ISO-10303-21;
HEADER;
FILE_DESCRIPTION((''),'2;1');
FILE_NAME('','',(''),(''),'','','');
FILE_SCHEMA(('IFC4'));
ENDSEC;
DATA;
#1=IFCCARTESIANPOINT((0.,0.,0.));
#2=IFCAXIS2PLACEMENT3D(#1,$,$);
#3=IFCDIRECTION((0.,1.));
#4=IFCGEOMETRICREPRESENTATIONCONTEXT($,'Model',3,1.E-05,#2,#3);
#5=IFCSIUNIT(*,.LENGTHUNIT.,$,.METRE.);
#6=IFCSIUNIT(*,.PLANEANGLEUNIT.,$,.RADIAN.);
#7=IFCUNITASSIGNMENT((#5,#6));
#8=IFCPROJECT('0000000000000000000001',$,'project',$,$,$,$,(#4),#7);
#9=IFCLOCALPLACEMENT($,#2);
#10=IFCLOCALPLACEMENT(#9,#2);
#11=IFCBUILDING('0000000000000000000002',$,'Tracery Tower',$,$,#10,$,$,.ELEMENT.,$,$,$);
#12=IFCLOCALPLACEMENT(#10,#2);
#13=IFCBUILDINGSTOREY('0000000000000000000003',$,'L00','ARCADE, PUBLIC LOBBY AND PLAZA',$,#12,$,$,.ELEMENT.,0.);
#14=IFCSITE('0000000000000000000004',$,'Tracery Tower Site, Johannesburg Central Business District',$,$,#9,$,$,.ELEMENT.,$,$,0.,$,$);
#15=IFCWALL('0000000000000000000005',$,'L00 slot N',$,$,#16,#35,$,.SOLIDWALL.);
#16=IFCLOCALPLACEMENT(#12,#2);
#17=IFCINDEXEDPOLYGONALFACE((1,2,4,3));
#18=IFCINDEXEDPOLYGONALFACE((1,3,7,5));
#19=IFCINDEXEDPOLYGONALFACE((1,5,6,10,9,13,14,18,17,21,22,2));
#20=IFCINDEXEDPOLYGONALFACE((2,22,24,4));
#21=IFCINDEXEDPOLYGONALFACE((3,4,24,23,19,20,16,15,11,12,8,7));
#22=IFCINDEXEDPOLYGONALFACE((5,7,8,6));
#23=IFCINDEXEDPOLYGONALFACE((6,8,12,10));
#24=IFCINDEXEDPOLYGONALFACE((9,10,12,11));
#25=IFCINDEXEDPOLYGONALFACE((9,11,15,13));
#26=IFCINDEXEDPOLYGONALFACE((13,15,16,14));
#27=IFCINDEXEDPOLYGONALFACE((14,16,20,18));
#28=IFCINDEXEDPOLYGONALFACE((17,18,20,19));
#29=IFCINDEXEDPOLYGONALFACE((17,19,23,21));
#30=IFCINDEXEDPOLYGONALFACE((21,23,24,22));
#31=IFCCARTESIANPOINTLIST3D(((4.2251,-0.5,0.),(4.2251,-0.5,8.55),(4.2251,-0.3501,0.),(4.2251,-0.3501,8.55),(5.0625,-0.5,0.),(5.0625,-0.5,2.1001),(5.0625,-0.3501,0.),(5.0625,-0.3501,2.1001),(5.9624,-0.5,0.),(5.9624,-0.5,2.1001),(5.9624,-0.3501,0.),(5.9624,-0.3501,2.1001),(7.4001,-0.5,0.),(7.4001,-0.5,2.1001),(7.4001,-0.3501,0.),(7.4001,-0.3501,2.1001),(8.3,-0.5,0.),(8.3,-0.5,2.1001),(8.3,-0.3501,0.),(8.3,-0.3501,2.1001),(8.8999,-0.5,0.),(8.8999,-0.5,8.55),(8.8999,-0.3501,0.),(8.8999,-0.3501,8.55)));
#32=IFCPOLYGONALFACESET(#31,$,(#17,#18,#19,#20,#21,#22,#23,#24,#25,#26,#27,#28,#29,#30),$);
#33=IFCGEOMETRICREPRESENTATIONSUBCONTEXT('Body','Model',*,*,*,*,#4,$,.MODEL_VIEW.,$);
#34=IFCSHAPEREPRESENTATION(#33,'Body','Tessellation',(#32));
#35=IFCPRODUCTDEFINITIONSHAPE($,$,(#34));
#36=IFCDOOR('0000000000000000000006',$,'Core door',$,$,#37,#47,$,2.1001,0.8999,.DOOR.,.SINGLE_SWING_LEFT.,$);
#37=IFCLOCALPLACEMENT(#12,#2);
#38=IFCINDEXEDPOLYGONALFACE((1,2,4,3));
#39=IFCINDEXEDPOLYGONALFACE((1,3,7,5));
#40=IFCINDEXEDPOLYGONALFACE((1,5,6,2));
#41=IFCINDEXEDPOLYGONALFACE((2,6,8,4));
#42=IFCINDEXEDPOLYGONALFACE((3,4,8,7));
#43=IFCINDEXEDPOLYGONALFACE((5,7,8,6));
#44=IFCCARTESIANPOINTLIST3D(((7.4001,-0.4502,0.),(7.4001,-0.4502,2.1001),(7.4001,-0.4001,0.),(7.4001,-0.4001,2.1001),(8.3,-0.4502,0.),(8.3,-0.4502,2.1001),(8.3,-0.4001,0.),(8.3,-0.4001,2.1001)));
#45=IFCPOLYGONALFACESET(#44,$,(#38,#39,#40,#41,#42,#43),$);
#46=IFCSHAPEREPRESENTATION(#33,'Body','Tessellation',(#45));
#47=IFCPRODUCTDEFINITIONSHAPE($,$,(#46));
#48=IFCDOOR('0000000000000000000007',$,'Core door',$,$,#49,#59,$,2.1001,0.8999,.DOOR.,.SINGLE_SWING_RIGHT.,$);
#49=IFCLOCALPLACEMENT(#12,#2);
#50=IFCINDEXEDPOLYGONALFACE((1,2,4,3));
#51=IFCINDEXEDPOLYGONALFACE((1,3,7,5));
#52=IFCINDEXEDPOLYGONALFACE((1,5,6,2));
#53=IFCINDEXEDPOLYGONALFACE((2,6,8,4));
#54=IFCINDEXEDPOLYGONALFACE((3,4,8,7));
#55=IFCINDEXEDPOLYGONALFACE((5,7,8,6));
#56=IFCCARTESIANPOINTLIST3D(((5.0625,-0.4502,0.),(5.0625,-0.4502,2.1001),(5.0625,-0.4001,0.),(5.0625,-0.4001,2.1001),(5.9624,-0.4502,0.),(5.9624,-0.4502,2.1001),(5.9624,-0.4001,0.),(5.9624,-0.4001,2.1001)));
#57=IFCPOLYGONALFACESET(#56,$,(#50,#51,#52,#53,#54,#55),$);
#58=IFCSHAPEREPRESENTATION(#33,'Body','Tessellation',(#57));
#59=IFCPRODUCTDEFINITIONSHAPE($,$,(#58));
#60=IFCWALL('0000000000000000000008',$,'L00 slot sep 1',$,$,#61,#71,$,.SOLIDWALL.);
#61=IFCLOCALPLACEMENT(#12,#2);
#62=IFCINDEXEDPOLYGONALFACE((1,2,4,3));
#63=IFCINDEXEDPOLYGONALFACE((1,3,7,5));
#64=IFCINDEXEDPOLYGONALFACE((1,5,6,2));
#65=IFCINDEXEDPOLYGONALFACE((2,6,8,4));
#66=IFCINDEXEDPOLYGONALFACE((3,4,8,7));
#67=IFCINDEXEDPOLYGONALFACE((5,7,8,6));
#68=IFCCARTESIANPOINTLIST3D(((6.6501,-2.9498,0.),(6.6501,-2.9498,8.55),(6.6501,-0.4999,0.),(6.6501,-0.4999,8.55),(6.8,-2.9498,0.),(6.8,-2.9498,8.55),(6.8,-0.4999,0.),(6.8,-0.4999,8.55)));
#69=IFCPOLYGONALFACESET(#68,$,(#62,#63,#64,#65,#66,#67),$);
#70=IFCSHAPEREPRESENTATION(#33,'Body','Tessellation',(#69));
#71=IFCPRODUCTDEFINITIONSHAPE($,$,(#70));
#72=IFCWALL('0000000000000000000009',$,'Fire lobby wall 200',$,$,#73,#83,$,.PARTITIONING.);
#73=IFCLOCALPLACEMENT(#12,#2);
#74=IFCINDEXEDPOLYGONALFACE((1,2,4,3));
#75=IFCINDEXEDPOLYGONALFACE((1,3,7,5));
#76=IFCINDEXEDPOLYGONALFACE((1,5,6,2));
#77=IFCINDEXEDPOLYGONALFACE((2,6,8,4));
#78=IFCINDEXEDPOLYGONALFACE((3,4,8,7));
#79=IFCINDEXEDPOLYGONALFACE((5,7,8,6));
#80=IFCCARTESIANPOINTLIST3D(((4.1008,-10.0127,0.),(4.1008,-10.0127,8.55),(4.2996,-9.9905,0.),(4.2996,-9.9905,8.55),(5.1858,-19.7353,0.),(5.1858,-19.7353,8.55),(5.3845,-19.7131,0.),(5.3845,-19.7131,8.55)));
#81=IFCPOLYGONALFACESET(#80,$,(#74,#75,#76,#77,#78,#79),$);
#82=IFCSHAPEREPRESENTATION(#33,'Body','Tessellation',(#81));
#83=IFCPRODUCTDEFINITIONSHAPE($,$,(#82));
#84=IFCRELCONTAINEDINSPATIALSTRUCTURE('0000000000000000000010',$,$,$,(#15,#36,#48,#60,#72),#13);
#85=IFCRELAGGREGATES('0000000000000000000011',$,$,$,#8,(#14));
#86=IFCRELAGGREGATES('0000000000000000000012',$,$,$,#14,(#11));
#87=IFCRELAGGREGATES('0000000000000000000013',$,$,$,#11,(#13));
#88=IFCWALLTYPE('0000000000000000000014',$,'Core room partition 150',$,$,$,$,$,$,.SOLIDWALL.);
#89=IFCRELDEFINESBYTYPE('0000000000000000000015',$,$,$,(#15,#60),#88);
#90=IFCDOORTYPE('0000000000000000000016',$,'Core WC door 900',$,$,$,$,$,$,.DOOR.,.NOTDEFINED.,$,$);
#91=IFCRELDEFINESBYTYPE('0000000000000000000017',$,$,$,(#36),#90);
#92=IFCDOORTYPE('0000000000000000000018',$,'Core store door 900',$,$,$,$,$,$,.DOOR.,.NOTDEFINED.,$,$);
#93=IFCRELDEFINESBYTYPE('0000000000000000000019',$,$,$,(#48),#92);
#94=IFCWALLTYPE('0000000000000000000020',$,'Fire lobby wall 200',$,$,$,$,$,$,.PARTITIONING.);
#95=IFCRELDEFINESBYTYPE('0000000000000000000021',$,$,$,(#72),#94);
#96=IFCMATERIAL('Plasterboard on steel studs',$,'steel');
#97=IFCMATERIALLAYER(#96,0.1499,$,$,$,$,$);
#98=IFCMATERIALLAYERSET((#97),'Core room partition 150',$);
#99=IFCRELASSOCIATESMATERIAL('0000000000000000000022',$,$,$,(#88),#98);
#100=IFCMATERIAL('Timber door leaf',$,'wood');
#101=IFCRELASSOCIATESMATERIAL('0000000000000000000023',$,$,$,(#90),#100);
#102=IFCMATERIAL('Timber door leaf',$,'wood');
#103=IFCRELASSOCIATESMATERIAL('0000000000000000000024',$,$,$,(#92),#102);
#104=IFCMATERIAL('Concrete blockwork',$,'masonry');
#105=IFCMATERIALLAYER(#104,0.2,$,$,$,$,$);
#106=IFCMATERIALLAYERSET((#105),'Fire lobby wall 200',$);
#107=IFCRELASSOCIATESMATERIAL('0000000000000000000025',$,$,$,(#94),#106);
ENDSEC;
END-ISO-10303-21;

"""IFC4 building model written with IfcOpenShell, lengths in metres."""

from ifc_helpers import new_model, si_unit, direction, frame, frame_2d, origin, place, context, subcontext, project, spatial, rectangle, extrude, material, layer, layer_set, type_object, element, fill, save


model = new_model("IFC4")

# Units and contexts
model_context = context("Model", 3, precision=1e-05, world=origin(), true_north=direction((0.0, 1.0)))
body_context = subcontext(model_context, "Body", "Model", "MODEL_VIEW")
ifc_project = project(units=[si_unit("LENGTHUNIT", "METRE"), si_unit("PLANEANGLEUNIT", "RADIAN")], contexts=[model_context])

# Site, building, storey
site_placement = place(None, origin())
site = spatial("IfcSite", under=ifc_project, at=site_placement, Name="Tracery Tower Site, Johannesburg Central Business District", CompositionType="ELEMENT", RefElevation=0.0)
building_placement = place(site_placement, origin())
building = spatial("IfcBuilding", under=site, at=building_placement, Name="Tracery Tower", CompositionType="ELEMENT")
storey_placement = place(building_placement, origin())
storey = spatial("IfcBuildingStorey", under=building, at=storey_placement, Name="L00", Description="ARCADE, PUBLIC LOBBY AND PLAZA", CompositionType="ELEMENT", Elevation=0.0)

# Shared definitions
ifc_material_1 = material(Name="Plasterboard on steel studs", Category="steel")
ifc_layer_1 = layer(ifc_material_1, 0.1499)
ifc_layer_set_1 = layer_set([ifc_layer_1], Name="Core room partition 150")
wall_type_1 = type_object("IfcWallType", Name="Core room partition 150", PredefinedType="SOLIDWALL", material=ifc_layer_set_1)

# Wall, openings, doors
wall_1_placement = place(storey_placement, frame((4.2251, -0.425, 0.0), z_axis=(0.0, 0.0, 1.0), x_axis=(1.0, 0.0, 0.0)))
wall_1 = element("IfcWall", 1, at=wall_1_placement, inside=storey, type_object=wall_type_1, Name="L00 slot N", PredefinedType="SOLIDWALL", context=body_context, shape_type="SweptSolid", body=[
    extrude(rectangle(XDim=4.6748, YDim=0.1499, at=frame_2d((2.3374, 0.0))), origin(), (0.0, 0.0, 1.0), 8.55),
])
opening_1_placement = place(wall_1_placement, frame((0.8374, 0.0, 0.0)))
opening_1 = element("IfcOpeningElement", 2, at=opening_1_placement, cuts=wall_1, PredefinedType="OPENING", context=body_context, shape_type="SweptSolid", body=[
    extrude(rectangle(XDim=0.8999, YDim=2.1001, at=frame_2d((0.45, 1.05))), frame((0.0, 0.075, 0.0), z_axis=(0.0, -1.0, 0.0), x_axis=(1.0, 0.0, 0.0)), (0.0, 0.0, 1.0), 0.1499),
])
opening_2_placement = place(wall_1_placement, frame((3.175, 0.0, 0.0)))
opening_2 = element("IfcOpeningElement", 3, at=opening_2_placement, cuts=wall_1, PredefinedType="OPENING", context=body_context, shape_type="SweptSolid", body=[
    extrude(rectangle(XDim=0.8999, YDim=2.1001, at=frame_2d((0.45, 1.05))), frame((0.0, 0.075, 0.0), z_axis=(0.0, -1.0, 0.0), x_axis=(1.0, 0.0, 0.0)), (0.0, 0.0, 1.0), 0.1499),
])
ifc_material_2 = material(Name="Timber door leaf", Category="wood")
door_type_1 = type_object("IfcDoorType", Name="Core WC door 900", OperationType="NOTDEFINED", PredefinedType="DOOR", material=ifc_material_2)
door_1_placement = place(opening_2_placement, origin())
door_1 = element("IfcDoor", 4, at=door_1_placement, inside=storey, type_object=door_type_1, Name="Core door", OperationType="SINGLE_SWING_LEFT", OverallHeight=2.1001, OverallWidth=0.8999, PredefinedType="DOOR", context=body_context, shape_type="SweptSolid", body=[
    extrude(rectangle(XDim=0.8999, YDim=2.1001, at=frame_2d((0.45, 1.05))), frame((0.0, 0.0249, 0.0), z_axis=(0.0, -1.0, 0.0), x_axis=(1.0, 0.0, 0.0)), (0.0, 0.0, 1.0), 0.05),
])
fill(opening_2, door_1)
ifc_material_3 = material(Name="Timber door leaf", Category="wood")
door_type_2 = type_object("IfcDoorType", Name="Core store door 900", OperationType="NOTDEFINED", PredefinedType="DOOR", material=ifc_material_3)
door_2_placement = place(opening_1_placement, origin())
door_2 = element("IfcDoor", 5, at=door_2_placement, inside=storey, type_object=door_type_2, Name="Core door", OperationType="SINGLE_SWING_RIGHT", OverallHeight=2.1001, OverallWidth=0.8999, PredefinedType="DOOR", context=body_context, shape_type="SweptSolid", body=[
    extrude(rectangle(XDim=0.8999, YDim=2.1001, at=frame_2d((0.45, 1.05))), frame((0.0, 0.0249, 0.0), z_axis=(0.0, -1.0, 0.0), x_axis=(1.0, 0.0, 0.0)), (0.0, 0.0, 1.0), 0.05),
])
fill(opening_1, door_2)

# Walls
wall_2_placement = place(storey_placement, frame((6.7251, -2.95, 0.0), z_axis=(0.0, 0.0, 1.0), x_axis=(0.0, 1.0, 0.0)))
element("IfcWall", 6, at=wall_2_placement, inside=storey, type_object=wall_type_1, Name="L00 slot sep 1", PredefinedType="SOLIDWALL", context=body_context, shape_type="SweptSolid", body=[
    extrude(rectangle(XDim=2.45, YDim=0.1499, at=frame_2d((1.2251, 0.0))), origin(), (0.0, 0.0, 1.0), 8.55),
])
ifc_material_4 = material(Name="Concrete blockwork", Category="masonry")
ifc_layer_2 = layer(ifc_material_4, 0.2)
ifc_layer_set_2 = layer_set([ifc_layer_2], Name="Fire lobby wall 200")
wall_type_2 = type_object("IfcWallType", Name="Fire lobby wall 200", PredefinedType="PARTITIONING", material=ifc_layer_set_2)
wall_3_placement = place(storey_placement, frame((4.2002, -10.0015, 0.0), z_axis=(0.0, 0.0, 1.0), x_axis=(0.110903, -0.993831, 0.0)))
element("IfcWall", 7, at=wall_3_placement, inside=storey, type_object=wall_type_2, Name="Fire lobby wall 200", PredefinedType="PARTITIONING", context=body_context, shape_type="SweptSolid", body=[
    extrude(rectangle(XDim=9.783, YDim=0.2, at=frame_2d((4.8916, 0.0))), origin(), (0.0, 0.0, 1.0), 8.55),
])

save(model, "model.ifc")
